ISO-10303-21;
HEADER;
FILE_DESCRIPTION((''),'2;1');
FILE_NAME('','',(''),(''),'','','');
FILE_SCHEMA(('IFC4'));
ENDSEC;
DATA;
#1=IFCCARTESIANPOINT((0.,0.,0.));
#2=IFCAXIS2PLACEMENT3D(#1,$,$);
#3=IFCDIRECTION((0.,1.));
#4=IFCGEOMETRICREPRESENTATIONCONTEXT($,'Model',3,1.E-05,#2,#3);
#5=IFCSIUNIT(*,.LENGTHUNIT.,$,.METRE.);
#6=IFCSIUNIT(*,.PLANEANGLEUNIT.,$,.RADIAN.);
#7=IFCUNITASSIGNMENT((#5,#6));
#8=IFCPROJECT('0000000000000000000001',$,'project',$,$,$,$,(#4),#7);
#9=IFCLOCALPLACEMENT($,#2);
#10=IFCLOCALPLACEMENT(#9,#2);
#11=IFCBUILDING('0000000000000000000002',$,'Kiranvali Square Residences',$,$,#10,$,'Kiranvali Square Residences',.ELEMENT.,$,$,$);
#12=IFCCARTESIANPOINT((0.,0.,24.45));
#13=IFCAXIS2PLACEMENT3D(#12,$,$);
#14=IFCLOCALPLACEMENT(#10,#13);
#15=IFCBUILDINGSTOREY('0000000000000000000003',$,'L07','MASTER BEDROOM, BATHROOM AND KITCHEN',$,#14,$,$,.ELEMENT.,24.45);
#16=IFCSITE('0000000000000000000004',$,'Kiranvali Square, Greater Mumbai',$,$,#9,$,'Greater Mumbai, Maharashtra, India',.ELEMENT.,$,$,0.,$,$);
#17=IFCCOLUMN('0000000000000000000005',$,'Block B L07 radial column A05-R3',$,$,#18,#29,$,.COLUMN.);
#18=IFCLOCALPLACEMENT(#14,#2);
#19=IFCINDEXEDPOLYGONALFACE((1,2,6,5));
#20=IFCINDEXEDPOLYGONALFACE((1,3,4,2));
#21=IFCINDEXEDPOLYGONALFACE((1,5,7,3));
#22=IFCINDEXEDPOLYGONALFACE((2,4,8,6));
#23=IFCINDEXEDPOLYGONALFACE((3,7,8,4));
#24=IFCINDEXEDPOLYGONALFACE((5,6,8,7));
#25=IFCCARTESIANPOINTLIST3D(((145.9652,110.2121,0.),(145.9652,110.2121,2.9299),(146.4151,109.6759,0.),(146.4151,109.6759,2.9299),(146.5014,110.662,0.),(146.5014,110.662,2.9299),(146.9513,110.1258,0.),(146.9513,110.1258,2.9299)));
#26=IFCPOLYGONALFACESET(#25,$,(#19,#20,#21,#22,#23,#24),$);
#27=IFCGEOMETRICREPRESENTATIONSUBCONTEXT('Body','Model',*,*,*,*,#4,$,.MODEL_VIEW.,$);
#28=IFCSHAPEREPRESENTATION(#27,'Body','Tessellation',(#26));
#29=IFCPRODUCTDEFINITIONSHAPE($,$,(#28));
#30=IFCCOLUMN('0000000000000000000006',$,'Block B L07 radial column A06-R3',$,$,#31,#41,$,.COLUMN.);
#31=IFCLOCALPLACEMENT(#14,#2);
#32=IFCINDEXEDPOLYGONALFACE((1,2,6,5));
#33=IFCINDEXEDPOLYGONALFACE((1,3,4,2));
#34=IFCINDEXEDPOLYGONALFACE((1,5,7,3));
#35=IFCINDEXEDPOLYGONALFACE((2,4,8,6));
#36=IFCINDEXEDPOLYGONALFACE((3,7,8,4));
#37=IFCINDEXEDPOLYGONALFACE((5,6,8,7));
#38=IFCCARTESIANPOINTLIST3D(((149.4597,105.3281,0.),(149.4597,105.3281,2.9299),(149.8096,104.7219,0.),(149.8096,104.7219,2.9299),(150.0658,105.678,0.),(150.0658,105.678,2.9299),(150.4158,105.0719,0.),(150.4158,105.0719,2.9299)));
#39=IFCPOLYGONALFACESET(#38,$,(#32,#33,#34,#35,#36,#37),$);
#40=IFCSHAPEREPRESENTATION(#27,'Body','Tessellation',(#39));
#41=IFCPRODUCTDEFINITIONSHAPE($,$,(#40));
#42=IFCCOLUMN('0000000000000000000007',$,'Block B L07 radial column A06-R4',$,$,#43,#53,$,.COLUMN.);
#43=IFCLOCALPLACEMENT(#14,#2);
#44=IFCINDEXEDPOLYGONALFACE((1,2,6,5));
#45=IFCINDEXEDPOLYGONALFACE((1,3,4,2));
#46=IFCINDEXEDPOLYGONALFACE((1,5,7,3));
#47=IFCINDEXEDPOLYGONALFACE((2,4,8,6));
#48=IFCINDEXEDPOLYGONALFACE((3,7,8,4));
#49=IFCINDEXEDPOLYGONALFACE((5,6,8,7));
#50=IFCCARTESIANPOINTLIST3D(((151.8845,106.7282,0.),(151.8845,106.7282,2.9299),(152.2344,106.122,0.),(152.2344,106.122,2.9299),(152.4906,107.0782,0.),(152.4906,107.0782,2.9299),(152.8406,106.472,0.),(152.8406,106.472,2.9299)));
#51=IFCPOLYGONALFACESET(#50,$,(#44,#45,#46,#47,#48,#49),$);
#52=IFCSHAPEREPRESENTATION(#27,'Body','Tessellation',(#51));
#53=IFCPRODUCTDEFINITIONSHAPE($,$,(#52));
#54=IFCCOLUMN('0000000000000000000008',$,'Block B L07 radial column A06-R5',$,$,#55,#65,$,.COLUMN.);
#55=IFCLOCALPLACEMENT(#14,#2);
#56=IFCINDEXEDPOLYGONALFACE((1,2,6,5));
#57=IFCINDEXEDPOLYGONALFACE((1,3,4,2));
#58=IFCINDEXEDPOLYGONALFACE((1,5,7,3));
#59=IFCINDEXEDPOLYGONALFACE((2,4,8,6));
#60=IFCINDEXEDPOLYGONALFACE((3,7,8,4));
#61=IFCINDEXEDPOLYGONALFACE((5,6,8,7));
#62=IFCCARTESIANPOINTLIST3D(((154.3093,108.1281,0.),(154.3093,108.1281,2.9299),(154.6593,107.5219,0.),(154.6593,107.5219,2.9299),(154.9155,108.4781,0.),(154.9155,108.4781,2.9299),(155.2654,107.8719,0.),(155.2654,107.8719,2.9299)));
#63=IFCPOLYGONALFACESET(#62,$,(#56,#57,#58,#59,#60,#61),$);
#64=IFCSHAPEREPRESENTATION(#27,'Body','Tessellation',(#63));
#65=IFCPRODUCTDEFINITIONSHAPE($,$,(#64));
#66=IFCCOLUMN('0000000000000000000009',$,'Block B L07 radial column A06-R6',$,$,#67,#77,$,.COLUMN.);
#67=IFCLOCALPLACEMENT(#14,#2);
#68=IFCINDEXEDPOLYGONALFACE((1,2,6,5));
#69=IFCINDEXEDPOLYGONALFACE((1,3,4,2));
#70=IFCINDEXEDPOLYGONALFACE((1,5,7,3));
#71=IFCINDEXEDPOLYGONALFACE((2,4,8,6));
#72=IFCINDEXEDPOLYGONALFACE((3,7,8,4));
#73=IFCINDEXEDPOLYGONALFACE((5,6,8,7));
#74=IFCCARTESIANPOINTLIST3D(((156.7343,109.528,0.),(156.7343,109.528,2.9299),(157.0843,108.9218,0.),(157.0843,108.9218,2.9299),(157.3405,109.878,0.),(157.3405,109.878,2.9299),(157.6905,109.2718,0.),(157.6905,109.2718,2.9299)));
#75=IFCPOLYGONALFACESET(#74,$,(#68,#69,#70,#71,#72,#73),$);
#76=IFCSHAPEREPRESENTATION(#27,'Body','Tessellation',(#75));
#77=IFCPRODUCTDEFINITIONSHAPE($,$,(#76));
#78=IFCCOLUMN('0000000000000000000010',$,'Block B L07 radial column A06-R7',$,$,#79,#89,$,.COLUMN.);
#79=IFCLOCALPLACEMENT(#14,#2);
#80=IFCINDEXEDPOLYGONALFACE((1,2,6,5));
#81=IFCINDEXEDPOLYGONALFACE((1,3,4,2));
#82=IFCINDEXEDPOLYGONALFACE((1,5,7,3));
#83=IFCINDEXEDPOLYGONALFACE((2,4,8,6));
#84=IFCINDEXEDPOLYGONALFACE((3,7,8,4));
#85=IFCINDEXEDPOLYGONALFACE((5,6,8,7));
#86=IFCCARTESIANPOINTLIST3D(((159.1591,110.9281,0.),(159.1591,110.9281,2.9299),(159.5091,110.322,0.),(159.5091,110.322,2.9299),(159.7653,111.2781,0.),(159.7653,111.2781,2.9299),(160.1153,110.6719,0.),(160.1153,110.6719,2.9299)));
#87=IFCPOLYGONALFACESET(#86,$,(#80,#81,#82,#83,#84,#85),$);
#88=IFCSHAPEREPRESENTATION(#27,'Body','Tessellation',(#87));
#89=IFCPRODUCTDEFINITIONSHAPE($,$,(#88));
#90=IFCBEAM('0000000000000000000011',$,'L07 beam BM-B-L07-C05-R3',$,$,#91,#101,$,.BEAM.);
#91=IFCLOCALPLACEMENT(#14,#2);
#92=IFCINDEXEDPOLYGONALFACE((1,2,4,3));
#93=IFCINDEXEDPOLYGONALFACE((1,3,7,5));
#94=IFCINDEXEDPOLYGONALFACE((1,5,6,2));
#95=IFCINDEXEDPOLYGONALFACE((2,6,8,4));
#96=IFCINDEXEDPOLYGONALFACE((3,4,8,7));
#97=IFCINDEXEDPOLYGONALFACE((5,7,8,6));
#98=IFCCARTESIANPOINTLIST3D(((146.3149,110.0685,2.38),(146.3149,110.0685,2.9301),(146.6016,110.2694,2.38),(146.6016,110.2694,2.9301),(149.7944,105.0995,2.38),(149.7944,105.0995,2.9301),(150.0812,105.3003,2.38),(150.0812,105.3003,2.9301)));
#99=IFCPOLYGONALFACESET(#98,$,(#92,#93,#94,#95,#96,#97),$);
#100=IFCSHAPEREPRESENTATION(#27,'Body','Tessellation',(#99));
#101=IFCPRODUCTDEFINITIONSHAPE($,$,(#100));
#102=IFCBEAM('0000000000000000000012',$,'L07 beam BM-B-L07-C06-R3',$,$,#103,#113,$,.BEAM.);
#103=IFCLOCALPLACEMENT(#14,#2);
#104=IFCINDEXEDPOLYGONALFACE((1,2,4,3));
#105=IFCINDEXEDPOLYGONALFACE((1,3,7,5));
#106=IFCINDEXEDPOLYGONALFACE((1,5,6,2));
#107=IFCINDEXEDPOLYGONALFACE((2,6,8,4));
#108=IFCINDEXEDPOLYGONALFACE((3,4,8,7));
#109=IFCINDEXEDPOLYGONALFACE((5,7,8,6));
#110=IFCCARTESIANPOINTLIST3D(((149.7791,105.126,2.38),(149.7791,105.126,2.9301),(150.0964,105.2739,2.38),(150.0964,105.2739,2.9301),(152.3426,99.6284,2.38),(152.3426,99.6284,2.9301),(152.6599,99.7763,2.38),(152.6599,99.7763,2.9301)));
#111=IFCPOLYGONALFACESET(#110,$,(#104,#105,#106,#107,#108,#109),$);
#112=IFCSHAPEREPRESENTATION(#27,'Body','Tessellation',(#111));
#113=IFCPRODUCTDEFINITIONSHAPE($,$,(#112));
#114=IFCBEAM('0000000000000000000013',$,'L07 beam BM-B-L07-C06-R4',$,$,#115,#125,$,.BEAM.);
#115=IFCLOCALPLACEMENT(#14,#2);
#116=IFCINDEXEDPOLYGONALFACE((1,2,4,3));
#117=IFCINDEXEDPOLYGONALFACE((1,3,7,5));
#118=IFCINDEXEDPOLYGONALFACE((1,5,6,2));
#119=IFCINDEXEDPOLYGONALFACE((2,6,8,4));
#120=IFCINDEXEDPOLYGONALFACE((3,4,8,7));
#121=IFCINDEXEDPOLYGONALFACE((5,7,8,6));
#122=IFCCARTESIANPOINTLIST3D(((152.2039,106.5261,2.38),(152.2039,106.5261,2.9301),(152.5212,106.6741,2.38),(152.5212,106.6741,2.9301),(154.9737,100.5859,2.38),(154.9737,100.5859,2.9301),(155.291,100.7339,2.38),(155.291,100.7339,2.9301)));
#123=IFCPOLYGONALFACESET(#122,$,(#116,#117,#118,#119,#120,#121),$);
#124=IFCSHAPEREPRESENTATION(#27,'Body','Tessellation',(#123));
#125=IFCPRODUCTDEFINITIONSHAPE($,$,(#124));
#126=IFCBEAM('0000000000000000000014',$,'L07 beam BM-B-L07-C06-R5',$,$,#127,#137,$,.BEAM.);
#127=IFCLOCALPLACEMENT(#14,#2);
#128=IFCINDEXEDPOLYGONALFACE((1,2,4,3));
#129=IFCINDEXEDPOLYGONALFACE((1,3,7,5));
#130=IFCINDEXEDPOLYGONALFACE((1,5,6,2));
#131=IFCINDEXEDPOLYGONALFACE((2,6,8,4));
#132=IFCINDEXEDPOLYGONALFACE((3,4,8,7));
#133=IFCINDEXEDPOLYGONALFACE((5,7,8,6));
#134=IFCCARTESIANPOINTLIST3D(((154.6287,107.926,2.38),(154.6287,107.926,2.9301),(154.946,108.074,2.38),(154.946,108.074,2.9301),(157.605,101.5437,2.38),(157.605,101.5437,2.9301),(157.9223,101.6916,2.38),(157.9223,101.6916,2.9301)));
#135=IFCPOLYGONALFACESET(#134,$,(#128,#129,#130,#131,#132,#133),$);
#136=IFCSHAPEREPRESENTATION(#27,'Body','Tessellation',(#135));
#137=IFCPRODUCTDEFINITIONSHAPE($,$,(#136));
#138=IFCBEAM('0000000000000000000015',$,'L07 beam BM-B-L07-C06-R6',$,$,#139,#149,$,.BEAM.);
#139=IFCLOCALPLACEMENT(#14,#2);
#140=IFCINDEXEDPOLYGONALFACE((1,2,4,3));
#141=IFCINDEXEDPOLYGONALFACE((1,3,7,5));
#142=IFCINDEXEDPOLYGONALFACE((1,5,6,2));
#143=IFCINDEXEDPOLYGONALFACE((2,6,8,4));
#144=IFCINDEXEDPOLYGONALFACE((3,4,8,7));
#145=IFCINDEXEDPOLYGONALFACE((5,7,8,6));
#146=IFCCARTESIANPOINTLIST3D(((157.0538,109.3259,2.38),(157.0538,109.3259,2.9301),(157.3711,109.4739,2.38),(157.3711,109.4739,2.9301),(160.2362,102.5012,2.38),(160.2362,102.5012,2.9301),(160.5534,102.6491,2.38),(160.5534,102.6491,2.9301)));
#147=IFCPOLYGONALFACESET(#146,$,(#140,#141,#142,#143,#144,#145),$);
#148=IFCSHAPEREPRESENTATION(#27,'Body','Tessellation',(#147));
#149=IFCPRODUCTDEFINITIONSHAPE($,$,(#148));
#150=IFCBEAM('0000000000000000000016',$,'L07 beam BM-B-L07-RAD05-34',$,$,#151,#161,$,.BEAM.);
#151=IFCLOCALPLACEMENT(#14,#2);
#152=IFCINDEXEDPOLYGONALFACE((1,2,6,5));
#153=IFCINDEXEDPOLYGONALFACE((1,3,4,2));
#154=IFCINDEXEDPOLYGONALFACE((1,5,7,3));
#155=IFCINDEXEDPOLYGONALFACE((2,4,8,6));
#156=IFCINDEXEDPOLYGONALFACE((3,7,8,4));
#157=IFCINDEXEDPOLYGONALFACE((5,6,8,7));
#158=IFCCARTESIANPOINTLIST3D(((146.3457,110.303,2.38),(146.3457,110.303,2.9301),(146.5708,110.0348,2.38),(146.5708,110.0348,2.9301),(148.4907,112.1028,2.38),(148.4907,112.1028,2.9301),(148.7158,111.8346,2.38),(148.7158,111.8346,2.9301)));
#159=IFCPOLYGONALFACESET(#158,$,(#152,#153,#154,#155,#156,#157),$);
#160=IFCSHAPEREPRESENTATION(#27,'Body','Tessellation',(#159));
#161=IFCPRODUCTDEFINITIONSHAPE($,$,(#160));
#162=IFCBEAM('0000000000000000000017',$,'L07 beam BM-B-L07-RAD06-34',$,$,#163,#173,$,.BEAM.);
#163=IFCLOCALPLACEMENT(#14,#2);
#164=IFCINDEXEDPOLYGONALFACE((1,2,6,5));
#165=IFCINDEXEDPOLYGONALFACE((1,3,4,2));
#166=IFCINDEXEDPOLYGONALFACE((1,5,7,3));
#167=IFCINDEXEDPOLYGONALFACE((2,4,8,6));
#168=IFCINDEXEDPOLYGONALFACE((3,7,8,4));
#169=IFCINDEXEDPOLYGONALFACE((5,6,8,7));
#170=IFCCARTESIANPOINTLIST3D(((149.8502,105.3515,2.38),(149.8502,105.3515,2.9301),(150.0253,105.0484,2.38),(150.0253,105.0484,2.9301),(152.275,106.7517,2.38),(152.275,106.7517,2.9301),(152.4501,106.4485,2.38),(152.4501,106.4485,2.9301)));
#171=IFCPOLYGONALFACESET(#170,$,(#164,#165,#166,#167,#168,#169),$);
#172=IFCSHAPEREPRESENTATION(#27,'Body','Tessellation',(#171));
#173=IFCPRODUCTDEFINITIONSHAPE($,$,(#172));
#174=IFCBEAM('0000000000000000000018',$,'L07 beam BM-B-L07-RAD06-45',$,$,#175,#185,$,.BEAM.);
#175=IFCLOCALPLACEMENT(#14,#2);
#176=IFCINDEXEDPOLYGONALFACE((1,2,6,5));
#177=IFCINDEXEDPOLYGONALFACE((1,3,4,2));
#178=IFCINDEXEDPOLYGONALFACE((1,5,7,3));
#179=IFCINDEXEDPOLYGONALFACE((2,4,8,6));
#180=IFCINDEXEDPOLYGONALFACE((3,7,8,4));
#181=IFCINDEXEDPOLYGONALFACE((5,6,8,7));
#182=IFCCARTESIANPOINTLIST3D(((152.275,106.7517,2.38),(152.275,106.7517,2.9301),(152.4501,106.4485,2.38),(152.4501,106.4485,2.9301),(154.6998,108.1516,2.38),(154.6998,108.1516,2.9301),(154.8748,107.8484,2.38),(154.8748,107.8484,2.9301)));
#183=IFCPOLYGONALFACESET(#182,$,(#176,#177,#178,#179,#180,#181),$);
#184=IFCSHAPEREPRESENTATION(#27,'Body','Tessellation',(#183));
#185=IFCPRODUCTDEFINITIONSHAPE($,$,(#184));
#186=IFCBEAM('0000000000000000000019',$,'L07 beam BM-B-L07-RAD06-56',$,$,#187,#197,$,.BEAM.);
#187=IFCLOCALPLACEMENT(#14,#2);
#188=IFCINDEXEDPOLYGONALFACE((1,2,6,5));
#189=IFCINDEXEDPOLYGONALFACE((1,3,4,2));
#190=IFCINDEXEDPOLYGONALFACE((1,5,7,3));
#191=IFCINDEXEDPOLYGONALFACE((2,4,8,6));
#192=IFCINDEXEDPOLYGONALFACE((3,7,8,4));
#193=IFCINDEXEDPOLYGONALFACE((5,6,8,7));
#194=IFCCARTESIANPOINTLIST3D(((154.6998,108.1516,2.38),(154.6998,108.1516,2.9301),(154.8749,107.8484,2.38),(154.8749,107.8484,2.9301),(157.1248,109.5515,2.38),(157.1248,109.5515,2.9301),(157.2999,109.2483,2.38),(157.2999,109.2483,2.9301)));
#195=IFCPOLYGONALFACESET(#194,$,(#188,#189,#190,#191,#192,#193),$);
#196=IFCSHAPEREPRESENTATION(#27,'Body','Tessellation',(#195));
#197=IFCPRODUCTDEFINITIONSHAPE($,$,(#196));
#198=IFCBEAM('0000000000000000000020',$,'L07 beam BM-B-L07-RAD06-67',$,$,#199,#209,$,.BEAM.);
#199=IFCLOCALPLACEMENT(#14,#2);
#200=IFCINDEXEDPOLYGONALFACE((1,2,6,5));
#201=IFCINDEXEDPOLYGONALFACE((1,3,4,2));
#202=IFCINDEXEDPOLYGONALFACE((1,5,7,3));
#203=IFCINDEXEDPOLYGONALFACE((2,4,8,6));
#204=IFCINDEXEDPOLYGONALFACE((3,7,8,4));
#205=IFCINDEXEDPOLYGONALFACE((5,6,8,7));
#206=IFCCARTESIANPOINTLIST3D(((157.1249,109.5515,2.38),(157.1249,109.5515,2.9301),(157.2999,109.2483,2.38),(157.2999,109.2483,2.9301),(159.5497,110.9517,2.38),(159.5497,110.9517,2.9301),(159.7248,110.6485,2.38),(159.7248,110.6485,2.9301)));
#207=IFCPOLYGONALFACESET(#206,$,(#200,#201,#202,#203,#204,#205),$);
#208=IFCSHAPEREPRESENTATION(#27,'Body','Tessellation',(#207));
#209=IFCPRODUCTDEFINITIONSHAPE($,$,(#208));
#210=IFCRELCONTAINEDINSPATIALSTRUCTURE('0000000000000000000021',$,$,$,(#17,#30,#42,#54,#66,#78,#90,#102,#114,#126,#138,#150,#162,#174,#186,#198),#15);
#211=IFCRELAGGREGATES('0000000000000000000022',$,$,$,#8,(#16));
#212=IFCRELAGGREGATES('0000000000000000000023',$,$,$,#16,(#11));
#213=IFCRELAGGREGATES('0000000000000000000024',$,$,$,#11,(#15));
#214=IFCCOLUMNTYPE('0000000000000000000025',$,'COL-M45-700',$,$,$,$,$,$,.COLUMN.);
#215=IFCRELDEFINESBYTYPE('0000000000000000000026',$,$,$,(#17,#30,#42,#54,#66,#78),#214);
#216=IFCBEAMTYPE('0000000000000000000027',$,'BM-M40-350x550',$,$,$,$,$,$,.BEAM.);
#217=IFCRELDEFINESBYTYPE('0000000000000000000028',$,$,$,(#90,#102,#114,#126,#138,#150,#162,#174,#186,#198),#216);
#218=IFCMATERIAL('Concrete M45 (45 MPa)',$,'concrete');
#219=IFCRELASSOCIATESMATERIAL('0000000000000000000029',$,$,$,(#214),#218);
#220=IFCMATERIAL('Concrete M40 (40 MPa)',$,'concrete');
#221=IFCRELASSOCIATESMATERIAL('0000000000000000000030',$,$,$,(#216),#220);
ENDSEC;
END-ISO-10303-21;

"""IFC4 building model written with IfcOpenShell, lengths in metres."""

from ifc_helpers import new_model, si_unit, direction, frame, origin, origin_2d, place, context, subcontext, project, spatial, rectangle, extrude, material, material_profile, profile_set, type_object, element, save


model = new_model("IFC4")

# Units and contexts
model_context = context("Model", 3, precision=1e-05, world=origin(), true_north=direction((0.0, 1.0)))
body_context = subcontext(model_context, "Body", "Model", "MODEL_VIEW")
ifc_project = project(units=[si_unit("LENGTHUNIT", "METRE"), si_unit("PLANEANGLEUNIT", "RADIAN")], contexts=[model_context])

# Site, building, storey
site_placement = place(None, origin())
site = spatial("IfcSite", under=ifc_project, at=site_placement, Name="Kiranvali Square, Greater Mumbai", LongName="Greater Mumbai, Maharashtra, India", CompositionType="ELEMENT", RefElevation=0.0)
building_placement = place(site_placement, origin())
building = spatial("IfcBuilding", under=site, at=building_placement, Name="Kiranvali Square Residences", LongName="Kiranvali Square Residences", CompositionType="ELEMENT")
storey_placement = place(building_placement, frame((0.0, 0.0, 24.45)))
storey = spatial("IfcBuildingStorey", under=building, at=storey_placement, Name="L07", Description="MASTER BEDROOM, BATHROOM AND KITCHEN", CompositionType="ELEMENT", Elevation=24.45)

# Columns
ifc_material_1 = material(Name="Concrete M45 (45 MPa)", Category="concrete")
ifc_material_profile_1 = material_profile(ifc_material_1, rectangle(XDim=0.7, YDim=0.7, at=origin_2d()), Name="RC 700x700")
ifc_profile_set_1 = profile_set([ifc_material_profile_1], Name="Concrete M45 (45 MPa)")
column_type = type_object("IfcColumnType", Name="COL-M45-700", PredefinedType="COLUMN", material=ifc_profile_set_1)
for number, where, z_axis, x_axis, name in (
    (1, (146.4583, 110.1689, 0.0), (0.0, 0.0, 1.0), (-0.642788, 0.766044, 0.0), "Block B L07 radial column A05-R3"),
    (2, (149.9377, 105.2, 0.0), (0.0, 0.0, 1.0), (-0.5, 0.866025, 0.0), "Block B L07 radial column A06-R3"),
    (3, (152.3625, 106.6001, 0.0), (0.0, 0.0, 1.0), (-0.5, 0.866025, 0.0), "Block B L07 radial column A06-R4"),
    (4, (154.7874, 108.0, 0.0), (0.0, 0.0, 1.0), (-0.5, 0.866025, 0.0), "Block B L07 radial column A06-R5"),
    (5, (157.2124, 109.3999, 0.0), (0.0, 0.0, 1.0), (-0.5, 0.866025, 0.0), "Block B L07 radial column A06-R6"),
    (6, (159.6372, 110.8, 0.0), (0.0, 0.0, 1.0), (-0.5, 0.866025, 0.0), "Block B L07 radial column A06-R7"),
):
    element("IfcColumn", number, at=place(storey_placement, frame(where, z_axis=z_axis, x_axis=x_axis)), inside=storey, type_object=column_type, Name=name, PredefinedType="COLUMN", context=body_context, shape_type="SweptSolid", body=[
        extrude(rectangle(XDim=0.7, YDim=0.7, at=origin_2d()), origin(), (0.0, 0.0, 1.0), 2.9299),
    ])

# Beams
ifc_material_2 = material(Name="Concrete M40 (40 MPa)", Category="concrete")
ifc_material_profile_2 = material_profile(ifc_material_2, rectangle(XDim=0.3501, YDim=0.55, at=origin_2d()), Name="RC 350x550")
ifc_profile_set_2 = profile_set([ifc_material_profile_2], Name="Concrete M40 (40 MPa)")
beam_type_1 = type_object("IfcBeamType", Name="BM-M40-350x550", PredefinedType="BEAM", material=ifc_profile_set_2)
beam_1_placement = place(storey_placement, frame((146.4583, 110.1689, 2.655), z_axis=(0.573595, -0.819139, 0.0), x_axis=(0.819139, 0.573595, 0.0)))
element("IfcBeam", 7, at=beam_1_placement, inside=storey, type_object=beam_type_1, Name="L07 beam BM-B-L07-C05-R3", PredefinedType="BEAM", context=body_context, shape_type="SweptSolid", body=[
    extrude(rectangle(XDim=0.3501, YDim=0.55, at=origin_2d()), origin(), (0.0, 0.0, 1.0), 6.0662),
])
beam_2_placement = place(storey_placement, frame((149.9377, 105.2, 2.655), z_axis=(0.422608, -0.906313, 0.0), x_axis=(0.906313, 0.422608, 0.0)))
element("IfcBeam", 8, at=beam_2_placement, inside=storey, type_object=beam_type_1, Name="L07 beam BM-B-L07-C06-R3", PredefinedType="BEAM", context=body_context, shape_type="SweptSolid", body=[
    extrude(rectangle(XDim=0.3501, YDim=0.55, at=origin_2d()), origin(), (0.0, 0.0, 1.0), 6.0659),
])
beam_3_placement = place(storey_placement, frame((152.3625, 106.6001, 2.655), z_axis=(0.422596, -0.906318, 0.0), x_axis=(0.906318, 0.422596, 0.0)))
element("IfcBeam", 9, at=beam_3_placement, inside=storey, type_object=beam_type_1, Name="L07 beam BM-B-L07-C06-R4", PredefinedType="BEAM", context=body_context, shape_type="SweptSolid", body=[
    extrude(rectangle(XDim=0.3501, YDim=0.55, at=origin_2d()), origin(), (0.0, 0.0, 1.0), 6.5542),
])
beam_4_placement = place(storey_placement, frame((154.7874, 108.0, 2.655), z_axis=(0.422641, -0.906297, 0.0), x_axis=(0.906297, 0.422641, 0.0)))
element("IfcBeam", 10, at=beam_4_placement, inside=storey, type_object=beam_type_1, Name="L07 beam BM-B-L07-C06-R5", PredefinedType="BEAM", context=body_context, shape_type="SweptSolid", body=[
    extrude(rectangle(XDim=0.3501, YDim=0.55, at=origin_2d()), origin(), (0.0, 0.0, 1.0), 7.0422),
])
beam_5_placement = place(storey_placement, frame((157.2124, 109.3999, 2.655), z_axis=(0.422614, -0.90631, 0.0), x_axis=(0.90631, 0.422614, 0.0)))
element("IfcBeam", 11, at=beam_5_placement, inside=storey, type_object=beam_type_1, Name="L07 beam BM-B-L07-C06-R6", PredefinedType="BEAM", context=body_context, shape_type="SweptSolid", body=[
    extrude(rectangle(XDim=0.3501, YDim=0.55, at=origin_2d()), origin(), (0.0, 0.0, 1.0), 7.5303),
])
for number, where, z_axis, x_axis, name in (
    (12, (146.4583, 110.1689, 2.655), (0.766059, 0.642771, 0.0), (-0.642771, 0.766059, 0.0), "L07 beam BM-B-L07-RAD05-34"),
    (13, (149.9377, 105.2, 2.655), (0.865997, 0.50005, 0.0), (-0.50005, 0.865997, 0.0), "L07 beam BM-B-L07-RAD06-34"),
):
    element("IfcBeam", number, at=place(storey_placement, frame(where, z_axis=z_axis, x_axis=x_axis)), inside=storey, type_object=beam_type_1, Name=name, PredefinedType="BEAM", context=body_context, shape_type="SweptSolid", body=[
        extrude(rectangle(XDim=0.3501, YDim=0.55, at=origin_2d()), origin(), (0.0, 0.0, 1.0), 2.8),
    ])
beam_6_placement = place(storey_placement, frame((152.3625, 106.6001, 2.655), z_axis=(0.866035, 0.499984, 0.0), x_axis=(-0.499984, 0.866035, 0.0)))
element("IfcBeam", 14, at=beam_6_placement, inside=storey, type_object=beam_type_1, Name="L07 beam BM-B-L07-RAD06-45", PredefinedType="BEAM", context=body_context, shape_type="SweptSolid", body=[
    extrude(rectangle(XDim=0.3501, YDim=0.55, at=origin_2d()), origin(), (0.0, 0.0, 1.0), 2.7998),
])
for number, where, z_axis, x_axis, name in (
    (15, (154.7874, 108.0, 2.655), (0.866056, 0.499946, 0.0), (-0.499946, 0.866056, 0.0), "L07 beam BM-B-L07-RAD06-56"),
    (16, (157.2124, 109.3999, 2.655), (0.865997, 0.50005, 0.0), (-0.50005, 0.865997, 0.0), "L07 beam BM-B-L07-RAD06-67"),
):
    element("IfcBeam", number, at=place(storey_placement, frame(where, z_axis=z_axis, x_axis=x_axis)), inside=storey, type_object=beam_type_1, Name=name, PredefinedType="BEAM", context=body_context, shape_type="SweptSolid", body=[
        extrude(rectangle(XDim=0.3501, YDim=0.55, at=origin_2d()), origin(), (0.0, 0.0, 1.0), 2.8),
    ])

save(model, "model.ifc")
